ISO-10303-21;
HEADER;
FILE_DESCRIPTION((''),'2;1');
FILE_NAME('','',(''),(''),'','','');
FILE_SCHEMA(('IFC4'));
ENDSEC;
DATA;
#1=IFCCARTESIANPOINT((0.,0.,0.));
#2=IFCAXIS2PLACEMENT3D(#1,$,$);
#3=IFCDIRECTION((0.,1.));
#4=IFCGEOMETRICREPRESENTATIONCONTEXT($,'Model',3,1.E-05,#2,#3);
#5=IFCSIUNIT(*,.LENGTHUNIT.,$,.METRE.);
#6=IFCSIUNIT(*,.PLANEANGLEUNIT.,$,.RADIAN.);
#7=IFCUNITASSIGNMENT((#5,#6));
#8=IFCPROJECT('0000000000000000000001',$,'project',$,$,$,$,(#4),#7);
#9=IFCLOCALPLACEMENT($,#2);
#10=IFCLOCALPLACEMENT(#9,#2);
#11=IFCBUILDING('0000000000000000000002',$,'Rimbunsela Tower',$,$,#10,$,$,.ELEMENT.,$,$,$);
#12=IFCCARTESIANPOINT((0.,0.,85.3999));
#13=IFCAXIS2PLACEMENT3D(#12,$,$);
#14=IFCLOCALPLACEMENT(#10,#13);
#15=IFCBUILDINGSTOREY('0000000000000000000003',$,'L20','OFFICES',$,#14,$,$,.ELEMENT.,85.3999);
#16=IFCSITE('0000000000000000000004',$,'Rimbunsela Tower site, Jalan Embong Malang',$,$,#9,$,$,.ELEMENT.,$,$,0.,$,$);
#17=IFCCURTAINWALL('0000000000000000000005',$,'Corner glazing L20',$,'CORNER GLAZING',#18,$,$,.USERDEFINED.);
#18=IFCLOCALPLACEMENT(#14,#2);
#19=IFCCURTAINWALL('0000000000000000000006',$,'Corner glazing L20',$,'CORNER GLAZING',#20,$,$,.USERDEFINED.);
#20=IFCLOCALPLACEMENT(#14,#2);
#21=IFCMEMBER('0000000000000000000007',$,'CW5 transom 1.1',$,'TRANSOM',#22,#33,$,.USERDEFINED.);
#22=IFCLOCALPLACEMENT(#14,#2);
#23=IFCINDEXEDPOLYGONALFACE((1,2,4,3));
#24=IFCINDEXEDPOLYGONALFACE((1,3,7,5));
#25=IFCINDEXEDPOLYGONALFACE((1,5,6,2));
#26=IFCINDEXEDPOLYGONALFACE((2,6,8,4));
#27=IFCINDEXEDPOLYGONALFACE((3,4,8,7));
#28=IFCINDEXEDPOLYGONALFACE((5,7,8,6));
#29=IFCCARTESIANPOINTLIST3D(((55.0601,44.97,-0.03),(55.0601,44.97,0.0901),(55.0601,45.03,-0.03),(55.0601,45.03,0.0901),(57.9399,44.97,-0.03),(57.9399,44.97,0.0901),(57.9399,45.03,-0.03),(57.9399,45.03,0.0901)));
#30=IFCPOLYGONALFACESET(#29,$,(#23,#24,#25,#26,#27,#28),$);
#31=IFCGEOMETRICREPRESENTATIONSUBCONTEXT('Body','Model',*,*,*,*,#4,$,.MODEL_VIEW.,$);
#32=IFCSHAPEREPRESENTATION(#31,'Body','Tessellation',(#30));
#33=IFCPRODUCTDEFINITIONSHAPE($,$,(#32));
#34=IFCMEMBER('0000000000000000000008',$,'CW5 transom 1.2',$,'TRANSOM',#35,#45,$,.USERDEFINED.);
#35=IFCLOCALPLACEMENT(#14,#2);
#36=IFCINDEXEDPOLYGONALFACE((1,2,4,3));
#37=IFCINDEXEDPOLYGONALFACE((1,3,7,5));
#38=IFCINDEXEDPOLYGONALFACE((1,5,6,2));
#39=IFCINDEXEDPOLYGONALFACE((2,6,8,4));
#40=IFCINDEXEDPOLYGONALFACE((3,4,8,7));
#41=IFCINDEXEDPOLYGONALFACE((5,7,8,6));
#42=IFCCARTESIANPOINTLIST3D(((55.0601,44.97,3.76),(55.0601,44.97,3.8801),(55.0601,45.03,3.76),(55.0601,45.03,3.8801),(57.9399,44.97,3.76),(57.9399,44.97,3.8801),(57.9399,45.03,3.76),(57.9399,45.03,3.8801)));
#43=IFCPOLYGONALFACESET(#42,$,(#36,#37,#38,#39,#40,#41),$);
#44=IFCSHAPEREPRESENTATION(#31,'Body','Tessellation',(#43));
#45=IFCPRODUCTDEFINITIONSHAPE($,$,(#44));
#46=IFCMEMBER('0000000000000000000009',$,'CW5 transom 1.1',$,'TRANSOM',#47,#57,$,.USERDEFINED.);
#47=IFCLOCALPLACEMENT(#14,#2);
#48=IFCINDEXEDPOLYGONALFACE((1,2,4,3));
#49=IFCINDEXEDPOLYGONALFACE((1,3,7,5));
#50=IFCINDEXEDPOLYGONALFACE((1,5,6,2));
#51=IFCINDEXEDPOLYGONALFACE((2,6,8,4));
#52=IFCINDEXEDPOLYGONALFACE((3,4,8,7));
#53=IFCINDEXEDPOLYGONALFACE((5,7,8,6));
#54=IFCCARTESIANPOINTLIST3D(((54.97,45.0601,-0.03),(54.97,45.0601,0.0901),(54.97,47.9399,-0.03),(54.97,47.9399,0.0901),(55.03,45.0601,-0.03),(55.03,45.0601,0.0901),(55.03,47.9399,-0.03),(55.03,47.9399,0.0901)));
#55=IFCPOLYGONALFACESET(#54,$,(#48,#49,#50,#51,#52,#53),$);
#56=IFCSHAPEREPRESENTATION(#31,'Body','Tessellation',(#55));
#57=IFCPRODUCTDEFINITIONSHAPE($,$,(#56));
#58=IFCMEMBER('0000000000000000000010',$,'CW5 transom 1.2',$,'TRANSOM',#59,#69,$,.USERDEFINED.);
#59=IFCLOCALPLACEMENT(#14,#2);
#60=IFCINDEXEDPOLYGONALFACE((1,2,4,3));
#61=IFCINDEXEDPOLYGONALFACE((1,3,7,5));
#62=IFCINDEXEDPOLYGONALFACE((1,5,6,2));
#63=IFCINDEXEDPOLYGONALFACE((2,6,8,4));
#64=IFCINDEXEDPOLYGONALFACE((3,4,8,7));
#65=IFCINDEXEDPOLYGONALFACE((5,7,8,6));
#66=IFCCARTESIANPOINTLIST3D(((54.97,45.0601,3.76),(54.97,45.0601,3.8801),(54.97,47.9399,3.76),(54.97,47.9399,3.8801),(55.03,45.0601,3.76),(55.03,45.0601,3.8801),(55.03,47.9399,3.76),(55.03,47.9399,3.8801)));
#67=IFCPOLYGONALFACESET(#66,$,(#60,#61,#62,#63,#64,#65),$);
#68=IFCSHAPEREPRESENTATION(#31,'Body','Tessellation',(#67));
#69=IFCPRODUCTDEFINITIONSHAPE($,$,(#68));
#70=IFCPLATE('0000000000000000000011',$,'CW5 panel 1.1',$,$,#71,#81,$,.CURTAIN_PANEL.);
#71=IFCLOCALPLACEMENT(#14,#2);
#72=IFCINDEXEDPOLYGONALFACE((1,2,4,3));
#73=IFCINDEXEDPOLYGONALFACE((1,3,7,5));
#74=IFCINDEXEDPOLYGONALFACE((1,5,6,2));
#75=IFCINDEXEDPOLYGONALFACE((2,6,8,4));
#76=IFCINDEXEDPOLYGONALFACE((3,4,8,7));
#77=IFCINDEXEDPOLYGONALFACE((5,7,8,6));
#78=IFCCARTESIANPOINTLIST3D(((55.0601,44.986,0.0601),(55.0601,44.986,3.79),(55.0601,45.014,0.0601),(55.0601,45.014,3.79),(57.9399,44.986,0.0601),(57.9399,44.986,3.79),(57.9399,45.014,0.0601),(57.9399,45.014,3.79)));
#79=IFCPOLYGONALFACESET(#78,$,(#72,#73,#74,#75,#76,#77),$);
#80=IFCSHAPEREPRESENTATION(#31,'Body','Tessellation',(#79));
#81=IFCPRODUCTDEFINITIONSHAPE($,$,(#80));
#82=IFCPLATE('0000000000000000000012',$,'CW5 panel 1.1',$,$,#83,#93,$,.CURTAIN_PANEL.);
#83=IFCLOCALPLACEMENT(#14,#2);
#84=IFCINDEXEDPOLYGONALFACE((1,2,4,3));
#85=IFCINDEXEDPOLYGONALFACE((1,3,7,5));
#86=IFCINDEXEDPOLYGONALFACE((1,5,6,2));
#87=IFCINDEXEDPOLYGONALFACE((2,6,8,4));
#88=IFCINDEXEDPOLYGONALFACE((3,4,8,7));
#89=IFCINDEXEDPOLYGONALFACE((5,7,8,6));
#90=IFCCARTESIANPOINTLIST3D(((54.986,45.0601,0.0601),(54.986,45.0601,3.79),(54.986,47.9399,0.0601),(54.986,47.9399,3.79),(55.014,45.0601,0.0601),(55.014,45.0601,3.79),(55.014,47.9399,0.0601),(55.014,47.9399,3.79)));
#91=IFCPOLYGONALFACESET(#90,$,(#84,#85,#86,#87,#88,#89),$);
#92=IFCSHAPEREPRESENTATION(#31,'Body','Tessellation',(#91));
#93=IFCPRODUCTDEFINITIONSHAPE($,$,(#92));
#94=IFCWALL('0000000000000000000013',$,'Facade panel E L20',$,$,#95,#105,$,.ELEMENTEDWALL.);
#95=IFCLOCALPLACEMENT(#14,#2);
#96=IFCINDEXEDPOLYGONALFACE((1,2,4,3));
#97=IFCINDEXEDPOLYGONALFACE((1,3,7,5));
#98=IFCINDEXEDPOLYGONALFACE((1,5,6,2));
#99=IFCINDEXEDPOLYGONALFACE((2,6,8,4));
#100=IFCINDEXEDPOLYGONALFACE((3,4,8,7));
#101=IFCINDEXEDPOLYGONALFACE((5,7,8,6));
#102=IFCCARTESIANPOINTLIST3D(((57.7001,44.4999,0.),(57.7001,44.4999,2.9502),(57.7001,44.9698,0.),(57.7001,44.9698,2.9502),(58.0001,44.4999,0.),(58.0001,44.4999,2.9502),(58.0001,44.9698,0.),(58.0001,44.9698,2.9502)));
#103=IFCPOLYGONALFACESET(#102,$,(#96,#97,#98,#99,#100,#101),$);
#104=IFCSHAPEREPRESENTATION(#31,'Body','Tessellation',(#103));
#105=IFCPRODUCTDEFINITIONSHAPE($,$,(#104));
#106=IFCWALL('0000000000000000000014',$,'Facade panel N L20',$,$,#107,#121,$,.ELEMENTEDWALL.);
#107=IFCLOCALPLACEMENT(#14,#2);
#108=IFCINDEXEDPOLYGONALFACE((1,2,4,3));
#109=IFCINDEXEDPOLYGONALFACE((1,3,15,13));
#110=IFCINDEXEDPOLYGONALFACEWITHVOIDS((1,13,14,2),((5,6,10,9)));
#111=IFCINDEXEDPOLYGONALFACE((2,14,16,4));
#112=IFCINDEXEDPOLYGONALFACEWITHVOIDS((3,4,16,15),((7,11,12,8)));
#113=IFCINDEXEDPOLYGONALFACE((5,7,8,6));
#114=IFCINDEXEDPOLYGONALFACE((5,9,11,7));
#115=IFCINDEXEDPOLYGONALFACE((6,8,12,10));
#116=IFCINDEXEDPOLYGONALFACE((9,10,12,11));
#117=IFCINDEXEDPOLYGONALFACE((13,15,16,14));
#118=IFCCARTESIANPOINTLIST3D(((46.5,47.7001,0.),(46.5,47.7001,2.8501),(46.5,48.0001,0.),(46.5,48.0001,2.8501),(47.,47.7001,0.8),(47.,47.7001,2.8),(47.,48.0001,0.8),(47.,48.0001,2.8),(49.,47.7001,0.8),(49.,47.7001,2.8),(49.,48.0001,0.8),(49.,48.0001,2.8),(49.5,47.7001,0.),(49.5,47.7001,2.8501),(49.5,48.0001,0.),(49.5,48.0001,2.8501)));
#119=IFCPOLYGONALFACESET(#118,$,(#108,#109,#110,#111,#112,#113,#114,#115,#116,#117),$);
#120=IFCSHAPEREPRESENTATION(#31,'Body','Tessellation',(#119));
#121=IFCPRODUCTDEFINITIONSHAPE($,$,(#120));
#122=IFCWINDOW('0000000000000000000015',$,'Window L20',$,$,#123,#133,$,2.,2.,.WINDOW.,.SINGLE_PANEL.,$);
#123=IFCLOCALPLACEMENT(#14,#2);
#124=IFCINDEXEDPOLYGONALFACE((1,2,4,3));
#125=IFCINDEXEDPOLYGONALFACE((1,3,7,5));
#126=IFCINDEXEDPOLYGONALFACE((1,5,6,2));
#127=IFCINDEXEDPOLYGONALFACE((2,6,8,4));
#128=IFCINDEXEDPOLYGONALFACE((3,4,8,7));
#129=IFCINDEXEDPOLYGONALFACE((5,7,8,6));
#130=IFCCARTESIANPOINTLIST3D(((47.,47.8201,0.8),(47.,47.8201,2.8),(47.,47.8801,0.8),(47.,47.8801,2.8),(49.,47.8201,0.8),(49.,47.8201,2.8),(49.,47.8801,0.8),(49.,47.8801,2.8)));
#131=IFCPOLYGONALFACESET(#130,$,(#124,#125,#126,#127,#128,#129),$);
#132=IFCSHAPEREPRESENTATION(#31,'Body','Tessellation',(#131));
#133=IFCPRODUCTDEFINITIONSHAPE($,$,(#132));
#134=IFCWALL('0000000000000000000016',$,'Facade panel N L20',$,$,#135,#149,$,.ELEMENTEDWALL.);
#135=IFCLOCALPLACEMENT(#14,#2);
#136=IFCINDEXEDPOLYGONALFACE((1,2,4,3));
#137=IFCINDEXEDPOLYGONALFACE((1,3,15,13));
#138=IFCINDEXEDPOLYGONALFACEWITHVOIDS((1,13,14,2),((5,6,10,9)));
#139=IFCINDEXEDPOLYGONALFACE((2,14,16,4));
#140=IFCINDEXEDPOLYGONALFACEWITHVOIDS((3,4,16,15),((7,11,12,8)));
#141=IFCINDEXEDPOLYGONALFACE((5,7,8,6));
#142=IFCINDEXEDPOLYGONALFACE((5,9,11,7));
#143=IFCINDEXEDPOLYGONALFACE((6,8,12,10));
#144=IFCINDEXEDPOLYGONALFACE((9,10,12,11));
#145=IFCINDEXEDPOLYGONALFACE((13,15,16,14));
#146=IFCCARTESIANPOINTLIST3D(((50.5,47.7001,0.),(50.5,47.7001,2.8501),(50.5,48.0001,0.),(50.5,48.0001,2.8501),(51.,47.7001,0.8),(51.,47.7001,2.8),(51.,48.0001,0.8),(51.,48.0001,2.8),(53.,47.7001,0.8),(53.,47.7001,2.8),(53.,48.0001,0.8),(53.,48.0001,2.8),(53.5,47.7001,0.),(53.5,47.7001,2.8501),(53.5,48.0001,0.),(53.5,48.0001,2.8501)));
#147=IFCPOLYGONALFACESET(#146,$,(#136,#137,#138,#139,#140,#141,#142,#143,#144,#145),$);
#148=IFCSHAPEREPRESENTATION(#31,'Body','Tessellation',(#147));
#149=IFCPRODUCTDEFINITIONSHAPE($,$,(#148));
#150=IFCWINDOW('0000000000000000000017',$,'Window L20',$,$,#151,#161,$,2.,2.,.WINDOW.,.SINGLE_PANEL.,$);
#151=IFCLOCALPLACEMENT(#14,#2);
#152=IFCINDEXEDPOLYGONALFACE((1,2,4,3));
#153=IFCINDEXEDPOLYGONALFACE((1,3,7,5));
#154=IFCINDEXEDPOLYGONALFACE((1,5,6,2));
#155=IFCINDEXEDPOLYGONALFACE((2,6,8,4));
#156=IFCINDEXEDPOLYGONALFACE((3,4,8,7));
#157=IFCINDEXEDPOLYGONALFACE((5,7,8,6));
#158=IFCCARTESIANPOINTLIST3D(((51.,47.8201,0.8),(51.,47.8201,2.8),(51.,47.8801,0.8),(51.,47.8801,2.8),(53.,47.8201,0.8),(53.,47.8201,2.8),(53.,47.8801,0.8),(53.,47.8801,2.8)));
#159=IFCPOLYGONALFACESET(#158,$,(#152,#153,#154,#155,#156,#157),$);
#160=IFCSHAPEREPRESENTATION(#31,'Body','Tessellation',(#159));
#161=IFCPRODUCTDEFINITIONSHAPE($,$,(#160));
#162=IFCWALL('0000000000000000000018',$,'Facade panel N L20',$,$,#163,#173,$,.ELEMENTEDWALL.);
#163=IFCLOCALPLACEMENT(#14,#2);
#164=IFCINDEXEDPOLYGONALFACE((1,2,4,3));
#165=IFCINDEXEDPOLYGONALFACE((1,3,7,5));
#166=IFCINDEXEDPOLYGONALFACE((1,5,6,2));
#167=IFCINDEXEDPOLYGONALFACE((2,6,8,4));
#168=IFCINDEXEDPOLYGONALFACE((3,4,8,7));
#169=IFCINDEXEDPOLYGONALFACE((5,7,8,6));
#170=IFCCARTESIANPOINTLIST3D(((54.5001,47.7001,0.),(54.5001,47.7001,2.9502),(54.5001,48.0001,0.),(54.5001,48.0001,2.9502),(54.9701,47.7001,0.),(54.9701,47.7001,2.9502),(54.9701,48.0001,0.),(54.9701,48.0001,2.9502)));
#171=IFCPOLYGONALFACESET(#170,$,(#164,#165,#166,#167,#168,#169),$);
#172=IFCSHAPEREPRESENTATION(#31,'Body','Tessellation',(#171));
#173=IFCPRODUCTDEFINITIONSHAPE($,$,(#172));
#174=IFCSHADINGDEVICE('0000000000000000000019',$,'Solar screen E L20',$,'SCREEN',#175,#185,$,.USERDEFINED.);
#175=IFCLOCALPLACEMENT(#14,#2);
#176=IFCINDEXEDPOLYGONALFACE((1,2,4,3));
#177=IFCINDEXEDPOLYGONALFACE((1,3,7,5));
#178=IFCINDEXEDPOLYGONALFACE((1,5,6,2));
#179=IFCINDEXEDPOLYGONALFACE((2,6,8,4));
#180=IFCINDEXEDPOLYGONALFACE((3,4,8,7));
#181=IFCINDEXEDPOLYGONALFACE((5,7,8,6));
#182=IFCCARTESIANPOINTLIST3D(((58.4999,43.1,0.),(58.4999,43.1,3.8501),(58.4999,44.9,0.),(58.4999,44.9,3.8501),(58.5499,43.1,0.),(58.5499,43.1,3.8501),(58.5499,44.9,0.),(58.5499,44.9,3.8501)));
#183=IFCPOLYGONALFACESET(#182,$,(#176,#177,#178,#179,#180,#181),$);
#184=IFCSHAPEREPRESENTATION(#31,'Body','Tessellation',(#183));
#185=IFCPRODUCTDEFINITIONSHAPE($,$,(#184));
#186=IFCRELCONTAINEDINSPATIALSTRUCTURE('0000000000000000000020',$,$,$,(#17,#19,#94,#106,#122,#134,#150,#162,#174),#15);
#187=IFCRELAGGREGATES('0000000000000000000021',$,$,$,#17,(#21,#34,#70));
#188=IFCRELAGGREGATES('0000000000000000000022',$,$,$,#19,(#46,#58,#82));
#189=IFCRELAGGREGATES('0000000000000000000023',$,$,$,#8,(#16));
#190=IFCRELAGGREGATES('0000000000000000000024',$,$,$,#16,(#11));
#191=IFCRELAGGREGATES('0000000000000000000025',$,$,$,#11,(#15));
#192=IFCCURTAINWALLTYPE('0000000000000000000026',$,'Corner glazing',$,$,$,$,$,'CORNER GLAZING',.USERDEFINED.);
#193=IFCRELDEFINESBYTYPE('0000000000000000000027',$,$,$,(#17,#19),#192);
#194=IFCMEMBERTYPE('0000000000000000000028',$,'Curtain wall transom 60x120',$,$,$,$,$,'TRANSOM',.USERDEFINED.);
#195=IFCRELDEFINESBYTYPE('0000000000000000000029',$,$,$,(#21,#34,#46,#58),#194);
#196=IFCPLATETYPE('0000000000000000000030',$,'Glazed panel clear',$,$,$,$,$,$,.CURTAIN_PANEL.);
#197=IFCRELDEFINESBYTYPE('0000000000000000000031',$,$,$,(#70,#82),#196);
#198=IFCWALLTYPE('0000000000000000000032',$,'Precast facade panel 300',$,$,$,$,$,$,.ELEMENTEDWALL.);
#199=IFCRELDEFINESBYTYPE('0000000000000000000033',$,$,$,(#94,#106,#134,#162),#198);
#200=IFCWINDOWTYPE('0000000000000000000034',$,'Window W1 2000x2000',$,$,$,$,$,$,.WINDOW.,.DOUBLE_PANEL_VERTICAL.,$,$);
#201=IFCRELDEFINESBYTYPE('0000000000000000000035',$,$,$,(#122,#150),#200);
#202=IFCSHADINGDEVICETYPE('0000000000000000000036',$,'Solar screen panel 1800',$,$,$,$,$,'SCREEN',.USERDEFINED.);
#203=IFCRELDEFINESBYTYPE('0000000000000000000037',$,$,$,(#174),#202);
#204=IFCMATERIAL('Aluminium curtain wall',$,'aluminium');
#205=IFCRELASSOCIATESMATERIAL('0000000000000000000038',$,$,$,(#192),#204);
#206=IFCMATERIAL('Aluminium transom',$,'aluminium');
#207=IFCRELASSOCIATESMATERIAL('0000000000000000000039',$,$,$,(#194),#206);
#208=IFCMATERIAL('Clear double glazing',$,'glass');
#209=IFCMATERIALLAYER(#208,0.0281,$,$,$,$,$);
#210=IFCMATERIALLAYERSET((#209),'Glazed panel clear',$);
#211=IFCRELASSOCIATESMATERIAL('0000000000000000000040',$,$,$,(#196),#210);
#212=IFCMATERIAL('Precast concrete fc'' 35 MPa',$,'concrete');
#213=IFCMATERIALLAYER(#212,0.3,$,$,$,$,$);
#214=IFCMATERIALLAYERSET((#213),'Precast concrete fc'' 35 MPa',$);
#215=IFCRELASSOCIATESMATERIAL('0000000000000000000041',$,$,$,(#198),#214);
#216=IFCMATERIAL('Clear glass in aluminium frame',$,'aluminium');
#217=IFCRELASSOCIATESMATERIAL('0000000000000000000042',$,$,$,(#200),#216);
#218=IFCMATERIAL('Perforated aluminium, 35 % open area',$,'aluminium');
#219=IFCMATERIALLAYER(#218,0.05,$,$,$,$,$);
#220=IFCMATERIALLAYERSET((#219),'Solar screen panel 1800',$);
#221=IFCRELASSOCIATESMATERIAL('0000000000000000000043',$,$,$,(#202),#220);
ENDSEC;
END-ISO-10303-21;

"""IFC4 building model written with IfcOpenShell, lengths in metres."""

from ifc_helpers import new_model, si_unit, direction, frame, frame_2d, origin, origin_2d, place, context, subcontext, project, spatial, rectangle, extrude, material, layer, layer_set, material_profile, profile_set, type_object, element, fill, aggregate, save


model = new_model("IFC4")

# Units and contexts
model_context = context("Model", 3, precision=1e-05, world=origin(), true_north=direction((0.0, 1.0)))
body_context = subcontext(model_context, "Body", "Model", "MODEL_VIEW")
ifc_project = project(units=[si_unit("LENGTHUNIT", "METRE"), si_unit("PLANEANGLEUNIT", "RADIAN")], contexts=[model_context])

# Site, building, storey
site_placement = place(None, origin())
site = spatial("IfcSite", under=ifc_project, at=site_placement, Name="Rimbunsela Tower site, Jalan Embong Malang", CompositionType="ELEMENT", RefElevation=0.0)
building_placement = place(site_placement, origin())
building = spatial("IfcBuilding", under=site, at=building_placement, Name="Rimbunsela Tower", CompositionType="ELEMENT")
storey_placement = place(building_placement, frame((0.0, 0.0, 85.3999)))
storey = spatial("IfcBuildingStorey", under=building, at=storey_placement, Name="L20", Description="OFFICES", CompositionType="ELEMENT", Elevation=85.3999)

# Curtain walls
ifc_material_1 = material(Name="Aluminium curtain wall", Category="aluminium")
curtain_wall_type = type_object("IfcCurtainWallType", Name="Corner glazing", ElementType="CORNER GLAZING", PredefinedType="USERDEFINED", material=ifc_material_1)
curtain_wall_1_placement = place(storey_placement, origin())
curtain_wall_1 = element("IfcCurtainWall", 1, at=curtain_wall_1_placement, inside=storey, type_object=curtain_wall_type, Name="Corner glazing L20", ObjectType="CORNER GLAZING", PredefinedType="USERDEFINED")
curtain_wall_2_placement = place(storey_placement, origin())
curtain_wall_2 = element("IfcCurtainWall", 2, at=curtain_wall_2_placement, inside=storey, type_object=curtain_wall_type, Name="Corner glazing L20", ObjectType="CORNER GLAZING", PredefinedType="USERDEFINED")

# Members
ifc_material_2 = material(Name="Aluminium transom", Category="aluminium")
ifc_material_profile_1 = material_profile(ifc_material_2, rectangle(XDim=0.0601, YDim=0.1201, at=origin_2d()), Name="Transom 60x120")
ifc_profile_set_1 = profile_set([ifc_material_profile_1], Name="Aluminium transom")
member_type_1 = type_object("IfcMemberType", Name="Curtain wall transom 60x120", ElementType="TRANSOM", PredefinedType="USERDEFINED", material=ifc_profile_set_1)
member_1_placement = place(storey_placement, frame((57.9399, 45.0, 0.03), z_axis=(-1.0, 0.0, 0.0), x_axis=(0.0, -1.0, 0.0)))
member_1 = element("IfcMember", 3, at=member_1_placement, type_object=member_type_1, Name="CW5 transom 1.1", ObjectType="TRANSOM", PredefinedType="USERDEFINED", context=body_context, shape_type="SweptSolid", body=[
    extrude(rectangle(XDim=0.0601, YDim=0.1201, at=origin_2d()), origin(), (0.0, 0.0, 1.0), 2.8799),
])
member_2_placement = place(storey_placement, frame((57.9399, 45.0, 3.8201), z_axis=(-1.0, 0.0, 0.0), x_axis=(0.0, -1.0, 0.0)))
member_2 = element("IfcMember", 4, at=member_2_placement, type_object=member_type_1, Name="CW5 transom 1.2", ObjectType="TRANSOM", PredefinedType="USERDEFINED", context=body_context, shape_type="SweptSolid", body=[
    extrude(rectangle(XDim=0.0601, YDim=0.1201, at=origin_2d()), origin(), (0.0, 0.0, 1.0), 2.8799),
])
member_3_placement = place(storey_placement, frame((55.0, 45.0601, 0.03), z_axis=(0.0, 1.0, 0.0), x_axis=(-1.0, 0.0, 0.0)))
member_3 = element("IfcMember", 5, at=member_3_placement, type_object=member_type_1, Name="CW5 transom 1.1", ObjectType="TRANSOM", PredefinedType="USERDEFINED", context=body_context, shape_type="SweptSolid", body=[
    extrude(rectangle(XDim=0.0601, YDim=0.1201, at=origin_2d()), origin(), (0.0, 0.0, 1.0), 2.8799),
])
member_4_placement = place(storey_placement, frame((55.0, 45.0601, 3.8201), z_axis=(0.0, 1.0, 0.0), x_axis=(-1.0, 0.0, 0.0)))
member_4 = element("IfcMember", 6, at=member_4_placement, type_object=member_type_1, Name="CW5 transom 1.2", ObjectType="TRANSOM", PredefinedType="USERDEFINED", context=body_context, shape_type="SweptSolid", body=[
    extrude(rectangle(XDim=0.0601, YDim=0.1201, at=origin_2d()), origin(), (0.0, 0.0, 1.0), 2.8799),
])

# Plates
ifc_material_3 = material(Name="Clear double glazing", Category="glass")
ifc_layer_1 = layer(ifc_material_3, 0.0281)
ifc_layer_set_1 = layer_set([ifc_layer_1], Name="Glazed panel clear")
plate_type = type_object("IfcPlateType", Name="Glazed panel clear", PredefinedType="CURTAIN_PANEL", material=ifc_layer_set_1)
plate_1_placement = place(storey_placement, frame((56.5, 45.0, 0.0601), z_axis=(0.0, 0.0, 1.0), x_axis=(-1.0, 0.0, 0.0)))
plate_1 = element("IfcPlate", 7, at=plate_1_placement, type_object=plate_type, Name="CW5 panel 1.1", PredefinedType="CURTAIN_PANEL", context=body_context, shape_type="SweptSolid", body=[
    extrude(rectangle(XDim=2.8799, YDim=0.0281, at=origin_2d()), origin(), (0.0, 0.0, 1.0), 3.73),
])
aggregate(curtain_wall_1, [member_1, member_2, plate_1])
plate_2_placement = place(storey_placement, frame((55.0, 46.5, 0.0601), z_axis=(0.0, 0.0, 1.0), x_axis=(0.0, 1.0, 0.0)))
plate_2 = element("IfcPlate", 8, at=plate_2_placement, type_object=plate_type, Name="CW5 panel 1.1", PredefinedType="CURTAIN_PANEL", context=body_context, shape_type="SweptSolid", body=[
    extrude(rectangle(XDim=2.8799, YDim=0.0281, at=origin_2d()), origin(), (0.0, 0.0, 1.0), 3.73),
])
aggregate(curtain_wall_2, [member_3, member_4, plate_2])

# Wall
ifc_material_4 = material(Name="Precast concrete fc' 35 MPa", Category="concrete")
ifc_layer_2 = layer(ifc_material_4, 0.3)
ifc_layer_set_2 = layer_set([ifc_layer_2], Name="Precast concrete fc' 35 MPa")
wall_type = type_object("IfcWallType", Name="Precast facade panel 300", PredefinedType="ELEMENTEDWALL", material=ifc_layer_set_2)
wall_1_placement = place(storey_placement, frame((57.8501, 44.5, 0.0), z_axis=(0.0, 0.0, 1.0), x_axis=(0.0, 1.0, 0.0)))
element("IfcWall", 9, at=wall_1_placement, inside=storey, type_object=wall_type, Name="Facade panel E L20", PredefinedType="ELEMENTEDWALL", context=body_context, shape_type="SweptSolid", body=[
    extrude(rectangle(XDim=0.47, YDim=0.3, at=frame_2d((0.2349, 0.0))), origin(), (0.0, 0.0, 1.0), 2.9502),
])

# Walls, openings, windows
wall_2_placement = place(storey_placement, frame((49.5, 47.8501, 0.0), z_axis=(0.0, 0.0, 1.0), x_axis=(-1.0, 0.0, 0.0)))
wall_2 = element("IfcWall", 10, at=wall_2_placement, inside=storey, type_object=wall_type, Name="Facade panel N L20", PredefinedType="ELEMENTEDWALL", context=body_context, shape_type="SweptSolid", body=[
    extrude(rectangle(XDim=3.0, YDim=0.3, at=frame_2d((1.5, 0.0))), origin(), (0.0, 0.0, 1.0), 2.8501),
])
opening_1_placement = place(wall_2_placement, frame((0.5, 0.0, 0.8)))
opening_1 = element("IfcOpeningElement", 11, at=opening_1_placement, cuts=wall_2, PredefinedType="OPENING", context=body_context, shape_type="SweptSolid", body=[
    extrude(rectangle(XDim=2.0, YDim=2.0, at=frame_2d((1.0, 1.0))), frame((0.0, 0.1599, 0.0), z_axis=(0.0, -1.0, 0.0), x_axis=(1.0, 0.0, 0.0)), (0.0, 0.0, 1.0), 0.3201),
])
ifc_material_5 = material(Name="Clear glass in aluminium frame", Category="aluminium")
window_type = type_object("IfcWindowType", Name="Window W1 2000x2000", PartitioningType="DOUBLE_PANEL_VERTICAL", PredefinedType="WINDOW", material=ifc_material_5)
window_1_placement = place(opening_1_placement, origin())
window_1 = element("IfcWindow", 12, at=window_1_placement, inside=storey, type_object=window_type, Name="Window L20", OverallHeight=2.0, OverallWidth=2.0, PartitioningType="SINGLE_PANEL", PredefinedType="WINDOW", context=body_context, shape_type="SweptSolid", body=[
    extrude(rectangle(XDim=2.0, YDim=2.0, at=frame_2d((1.0, 1.0))), frame((0.0, 0.03, 0.0), z_axis=(0.0, -1.0, 0.0), x_axis=(1.0, 0.0, 0.0)), (0.0, 0.0, 1.0), 0.0601),
])
fill(opening_1, window_1)
wall_3_placement = place(storey_placement, frame((53.5, 47.8501, 0.0), z_axis=(0.0, 0.0, 1.0), x_axis=(-1.0, 0.0, 0.0)))
wall_3 = element("IfcWall", 13, at=wall_3_placement, inside=storey, type_object=wall_type, Name="Facade panel N L20", PredefinedType="ELEMENTEDWALL", context=body_context, shape_type="SweptSolid", body=[
    extrude(rectangle(XDim=3.0, YDim=0.3, at=frame_2d((1.5, 0.0))), origin(), (0.0, 0.0, 1.0), 2.8501),
])
opening_2_placement = place(wall_3_placement, frame((0.5, 0.0, 0.8)))
opening_2 = element("IfcOpeningElement", 14, at=opening_2_placement, cuts=wall_3, PredefinedType="OPENING", context=body_context, shape_type="SweptSolid", body=[
    extrude(rectangle(XDim=2.0, YDim=2.0, at=frame_2d((1.0, 1.0))), frame((0.0, 0.1599, 0.0), z_axis=(0.0, -1.0, 0.0), x_axis=(1.0, 0.0, 0.0)), (0.0, 0.0, 1.0), 0.3201),
])
window_2_placement = place(opening_2_placement, origin())
window_2 = element("IfcWindow", 15, at=window_2_placement, inside=storey, type_object=window_type, Name="Window L20", OverallHeight=2.0, OverallWidth=2.0, PartitioningType="SINGLE_PANEL", PredefinedType="WINDOW", context=body_context, shape_type="SweptSolid", body=[
    extrude(rectangle(XDim=2.0, YDim=2.0, at=frame_2d((1.0, 1.0))), frame((0.0, 0.03, 0.0), z_axis=(0.0, -1.0, 0.0), x_axis=(1.0, 0.0, 0.0)), (0.0, 0.0, 1.0), 0.0601),
])
fill(opening_2, window_2)

# Wall
wall_4_placement = place(storey_placement, frame((54.97, 47.8501, 0.0), z_axis=(0.0, 0.0, 1.0), x_axis=(-1.0, 0.0, 0.0)))
element("IfcWall", 16, at=wall_4_placement, inside=storey, type_object=wall_type, Name="Facade panel N L20", PredefinedType="ELEMENTEDWALL", context=body_context, shape_type="SweptSolid", body=[
    extrude(rectangle(XDim=0.47, YDim=0.3, at=frame_2d((0.2349, 0.0))), origin(), (0.0, 0.0, 1.0), 2.9502),
])

# Shading device
ifc_material_6 = material(Name="Perforated aluminium, 35 % open area", Category="aluminium")
ifc_layer_3 = layer(ifc_material_6, 0.05)
ifc_layer_set_3 = layer_set([ifc_layer_3], Name="Solar screen panel 1800")
shading_device_type = type_object("IfcShadingDeviceType", Name="Solar screen panel 1800", ElementType="SCREEN", PredefinedType="USERDEFINED", material=ifc_layer_set_3)
for number, where, z_axis, x_axis, name in (
    (17, (58.5249, 44.0, 0.0), (0.0, 0.0, 1.0), (0.0, 1.0, 0.0), "Solar screen E L20"),
):
    element("IfcShadingDevice", number, at=place(storey_placement, frame(where, z_axis=z_axis, x_axis=x_axis)), inside=storey, type_object=shading_device_type, Name=name, ObjectType="SCREEN", PredefinedType="USERDEFINED", context=body_context, shape_type="SweptSolid", body=[
        extrude(rectangle(XDim=1.8, YDim=0.05, at=origin_2d()), origin(), (0.0, 0.0, 1.0), 3.8501),
    ])

save(model, "model.ifc")
